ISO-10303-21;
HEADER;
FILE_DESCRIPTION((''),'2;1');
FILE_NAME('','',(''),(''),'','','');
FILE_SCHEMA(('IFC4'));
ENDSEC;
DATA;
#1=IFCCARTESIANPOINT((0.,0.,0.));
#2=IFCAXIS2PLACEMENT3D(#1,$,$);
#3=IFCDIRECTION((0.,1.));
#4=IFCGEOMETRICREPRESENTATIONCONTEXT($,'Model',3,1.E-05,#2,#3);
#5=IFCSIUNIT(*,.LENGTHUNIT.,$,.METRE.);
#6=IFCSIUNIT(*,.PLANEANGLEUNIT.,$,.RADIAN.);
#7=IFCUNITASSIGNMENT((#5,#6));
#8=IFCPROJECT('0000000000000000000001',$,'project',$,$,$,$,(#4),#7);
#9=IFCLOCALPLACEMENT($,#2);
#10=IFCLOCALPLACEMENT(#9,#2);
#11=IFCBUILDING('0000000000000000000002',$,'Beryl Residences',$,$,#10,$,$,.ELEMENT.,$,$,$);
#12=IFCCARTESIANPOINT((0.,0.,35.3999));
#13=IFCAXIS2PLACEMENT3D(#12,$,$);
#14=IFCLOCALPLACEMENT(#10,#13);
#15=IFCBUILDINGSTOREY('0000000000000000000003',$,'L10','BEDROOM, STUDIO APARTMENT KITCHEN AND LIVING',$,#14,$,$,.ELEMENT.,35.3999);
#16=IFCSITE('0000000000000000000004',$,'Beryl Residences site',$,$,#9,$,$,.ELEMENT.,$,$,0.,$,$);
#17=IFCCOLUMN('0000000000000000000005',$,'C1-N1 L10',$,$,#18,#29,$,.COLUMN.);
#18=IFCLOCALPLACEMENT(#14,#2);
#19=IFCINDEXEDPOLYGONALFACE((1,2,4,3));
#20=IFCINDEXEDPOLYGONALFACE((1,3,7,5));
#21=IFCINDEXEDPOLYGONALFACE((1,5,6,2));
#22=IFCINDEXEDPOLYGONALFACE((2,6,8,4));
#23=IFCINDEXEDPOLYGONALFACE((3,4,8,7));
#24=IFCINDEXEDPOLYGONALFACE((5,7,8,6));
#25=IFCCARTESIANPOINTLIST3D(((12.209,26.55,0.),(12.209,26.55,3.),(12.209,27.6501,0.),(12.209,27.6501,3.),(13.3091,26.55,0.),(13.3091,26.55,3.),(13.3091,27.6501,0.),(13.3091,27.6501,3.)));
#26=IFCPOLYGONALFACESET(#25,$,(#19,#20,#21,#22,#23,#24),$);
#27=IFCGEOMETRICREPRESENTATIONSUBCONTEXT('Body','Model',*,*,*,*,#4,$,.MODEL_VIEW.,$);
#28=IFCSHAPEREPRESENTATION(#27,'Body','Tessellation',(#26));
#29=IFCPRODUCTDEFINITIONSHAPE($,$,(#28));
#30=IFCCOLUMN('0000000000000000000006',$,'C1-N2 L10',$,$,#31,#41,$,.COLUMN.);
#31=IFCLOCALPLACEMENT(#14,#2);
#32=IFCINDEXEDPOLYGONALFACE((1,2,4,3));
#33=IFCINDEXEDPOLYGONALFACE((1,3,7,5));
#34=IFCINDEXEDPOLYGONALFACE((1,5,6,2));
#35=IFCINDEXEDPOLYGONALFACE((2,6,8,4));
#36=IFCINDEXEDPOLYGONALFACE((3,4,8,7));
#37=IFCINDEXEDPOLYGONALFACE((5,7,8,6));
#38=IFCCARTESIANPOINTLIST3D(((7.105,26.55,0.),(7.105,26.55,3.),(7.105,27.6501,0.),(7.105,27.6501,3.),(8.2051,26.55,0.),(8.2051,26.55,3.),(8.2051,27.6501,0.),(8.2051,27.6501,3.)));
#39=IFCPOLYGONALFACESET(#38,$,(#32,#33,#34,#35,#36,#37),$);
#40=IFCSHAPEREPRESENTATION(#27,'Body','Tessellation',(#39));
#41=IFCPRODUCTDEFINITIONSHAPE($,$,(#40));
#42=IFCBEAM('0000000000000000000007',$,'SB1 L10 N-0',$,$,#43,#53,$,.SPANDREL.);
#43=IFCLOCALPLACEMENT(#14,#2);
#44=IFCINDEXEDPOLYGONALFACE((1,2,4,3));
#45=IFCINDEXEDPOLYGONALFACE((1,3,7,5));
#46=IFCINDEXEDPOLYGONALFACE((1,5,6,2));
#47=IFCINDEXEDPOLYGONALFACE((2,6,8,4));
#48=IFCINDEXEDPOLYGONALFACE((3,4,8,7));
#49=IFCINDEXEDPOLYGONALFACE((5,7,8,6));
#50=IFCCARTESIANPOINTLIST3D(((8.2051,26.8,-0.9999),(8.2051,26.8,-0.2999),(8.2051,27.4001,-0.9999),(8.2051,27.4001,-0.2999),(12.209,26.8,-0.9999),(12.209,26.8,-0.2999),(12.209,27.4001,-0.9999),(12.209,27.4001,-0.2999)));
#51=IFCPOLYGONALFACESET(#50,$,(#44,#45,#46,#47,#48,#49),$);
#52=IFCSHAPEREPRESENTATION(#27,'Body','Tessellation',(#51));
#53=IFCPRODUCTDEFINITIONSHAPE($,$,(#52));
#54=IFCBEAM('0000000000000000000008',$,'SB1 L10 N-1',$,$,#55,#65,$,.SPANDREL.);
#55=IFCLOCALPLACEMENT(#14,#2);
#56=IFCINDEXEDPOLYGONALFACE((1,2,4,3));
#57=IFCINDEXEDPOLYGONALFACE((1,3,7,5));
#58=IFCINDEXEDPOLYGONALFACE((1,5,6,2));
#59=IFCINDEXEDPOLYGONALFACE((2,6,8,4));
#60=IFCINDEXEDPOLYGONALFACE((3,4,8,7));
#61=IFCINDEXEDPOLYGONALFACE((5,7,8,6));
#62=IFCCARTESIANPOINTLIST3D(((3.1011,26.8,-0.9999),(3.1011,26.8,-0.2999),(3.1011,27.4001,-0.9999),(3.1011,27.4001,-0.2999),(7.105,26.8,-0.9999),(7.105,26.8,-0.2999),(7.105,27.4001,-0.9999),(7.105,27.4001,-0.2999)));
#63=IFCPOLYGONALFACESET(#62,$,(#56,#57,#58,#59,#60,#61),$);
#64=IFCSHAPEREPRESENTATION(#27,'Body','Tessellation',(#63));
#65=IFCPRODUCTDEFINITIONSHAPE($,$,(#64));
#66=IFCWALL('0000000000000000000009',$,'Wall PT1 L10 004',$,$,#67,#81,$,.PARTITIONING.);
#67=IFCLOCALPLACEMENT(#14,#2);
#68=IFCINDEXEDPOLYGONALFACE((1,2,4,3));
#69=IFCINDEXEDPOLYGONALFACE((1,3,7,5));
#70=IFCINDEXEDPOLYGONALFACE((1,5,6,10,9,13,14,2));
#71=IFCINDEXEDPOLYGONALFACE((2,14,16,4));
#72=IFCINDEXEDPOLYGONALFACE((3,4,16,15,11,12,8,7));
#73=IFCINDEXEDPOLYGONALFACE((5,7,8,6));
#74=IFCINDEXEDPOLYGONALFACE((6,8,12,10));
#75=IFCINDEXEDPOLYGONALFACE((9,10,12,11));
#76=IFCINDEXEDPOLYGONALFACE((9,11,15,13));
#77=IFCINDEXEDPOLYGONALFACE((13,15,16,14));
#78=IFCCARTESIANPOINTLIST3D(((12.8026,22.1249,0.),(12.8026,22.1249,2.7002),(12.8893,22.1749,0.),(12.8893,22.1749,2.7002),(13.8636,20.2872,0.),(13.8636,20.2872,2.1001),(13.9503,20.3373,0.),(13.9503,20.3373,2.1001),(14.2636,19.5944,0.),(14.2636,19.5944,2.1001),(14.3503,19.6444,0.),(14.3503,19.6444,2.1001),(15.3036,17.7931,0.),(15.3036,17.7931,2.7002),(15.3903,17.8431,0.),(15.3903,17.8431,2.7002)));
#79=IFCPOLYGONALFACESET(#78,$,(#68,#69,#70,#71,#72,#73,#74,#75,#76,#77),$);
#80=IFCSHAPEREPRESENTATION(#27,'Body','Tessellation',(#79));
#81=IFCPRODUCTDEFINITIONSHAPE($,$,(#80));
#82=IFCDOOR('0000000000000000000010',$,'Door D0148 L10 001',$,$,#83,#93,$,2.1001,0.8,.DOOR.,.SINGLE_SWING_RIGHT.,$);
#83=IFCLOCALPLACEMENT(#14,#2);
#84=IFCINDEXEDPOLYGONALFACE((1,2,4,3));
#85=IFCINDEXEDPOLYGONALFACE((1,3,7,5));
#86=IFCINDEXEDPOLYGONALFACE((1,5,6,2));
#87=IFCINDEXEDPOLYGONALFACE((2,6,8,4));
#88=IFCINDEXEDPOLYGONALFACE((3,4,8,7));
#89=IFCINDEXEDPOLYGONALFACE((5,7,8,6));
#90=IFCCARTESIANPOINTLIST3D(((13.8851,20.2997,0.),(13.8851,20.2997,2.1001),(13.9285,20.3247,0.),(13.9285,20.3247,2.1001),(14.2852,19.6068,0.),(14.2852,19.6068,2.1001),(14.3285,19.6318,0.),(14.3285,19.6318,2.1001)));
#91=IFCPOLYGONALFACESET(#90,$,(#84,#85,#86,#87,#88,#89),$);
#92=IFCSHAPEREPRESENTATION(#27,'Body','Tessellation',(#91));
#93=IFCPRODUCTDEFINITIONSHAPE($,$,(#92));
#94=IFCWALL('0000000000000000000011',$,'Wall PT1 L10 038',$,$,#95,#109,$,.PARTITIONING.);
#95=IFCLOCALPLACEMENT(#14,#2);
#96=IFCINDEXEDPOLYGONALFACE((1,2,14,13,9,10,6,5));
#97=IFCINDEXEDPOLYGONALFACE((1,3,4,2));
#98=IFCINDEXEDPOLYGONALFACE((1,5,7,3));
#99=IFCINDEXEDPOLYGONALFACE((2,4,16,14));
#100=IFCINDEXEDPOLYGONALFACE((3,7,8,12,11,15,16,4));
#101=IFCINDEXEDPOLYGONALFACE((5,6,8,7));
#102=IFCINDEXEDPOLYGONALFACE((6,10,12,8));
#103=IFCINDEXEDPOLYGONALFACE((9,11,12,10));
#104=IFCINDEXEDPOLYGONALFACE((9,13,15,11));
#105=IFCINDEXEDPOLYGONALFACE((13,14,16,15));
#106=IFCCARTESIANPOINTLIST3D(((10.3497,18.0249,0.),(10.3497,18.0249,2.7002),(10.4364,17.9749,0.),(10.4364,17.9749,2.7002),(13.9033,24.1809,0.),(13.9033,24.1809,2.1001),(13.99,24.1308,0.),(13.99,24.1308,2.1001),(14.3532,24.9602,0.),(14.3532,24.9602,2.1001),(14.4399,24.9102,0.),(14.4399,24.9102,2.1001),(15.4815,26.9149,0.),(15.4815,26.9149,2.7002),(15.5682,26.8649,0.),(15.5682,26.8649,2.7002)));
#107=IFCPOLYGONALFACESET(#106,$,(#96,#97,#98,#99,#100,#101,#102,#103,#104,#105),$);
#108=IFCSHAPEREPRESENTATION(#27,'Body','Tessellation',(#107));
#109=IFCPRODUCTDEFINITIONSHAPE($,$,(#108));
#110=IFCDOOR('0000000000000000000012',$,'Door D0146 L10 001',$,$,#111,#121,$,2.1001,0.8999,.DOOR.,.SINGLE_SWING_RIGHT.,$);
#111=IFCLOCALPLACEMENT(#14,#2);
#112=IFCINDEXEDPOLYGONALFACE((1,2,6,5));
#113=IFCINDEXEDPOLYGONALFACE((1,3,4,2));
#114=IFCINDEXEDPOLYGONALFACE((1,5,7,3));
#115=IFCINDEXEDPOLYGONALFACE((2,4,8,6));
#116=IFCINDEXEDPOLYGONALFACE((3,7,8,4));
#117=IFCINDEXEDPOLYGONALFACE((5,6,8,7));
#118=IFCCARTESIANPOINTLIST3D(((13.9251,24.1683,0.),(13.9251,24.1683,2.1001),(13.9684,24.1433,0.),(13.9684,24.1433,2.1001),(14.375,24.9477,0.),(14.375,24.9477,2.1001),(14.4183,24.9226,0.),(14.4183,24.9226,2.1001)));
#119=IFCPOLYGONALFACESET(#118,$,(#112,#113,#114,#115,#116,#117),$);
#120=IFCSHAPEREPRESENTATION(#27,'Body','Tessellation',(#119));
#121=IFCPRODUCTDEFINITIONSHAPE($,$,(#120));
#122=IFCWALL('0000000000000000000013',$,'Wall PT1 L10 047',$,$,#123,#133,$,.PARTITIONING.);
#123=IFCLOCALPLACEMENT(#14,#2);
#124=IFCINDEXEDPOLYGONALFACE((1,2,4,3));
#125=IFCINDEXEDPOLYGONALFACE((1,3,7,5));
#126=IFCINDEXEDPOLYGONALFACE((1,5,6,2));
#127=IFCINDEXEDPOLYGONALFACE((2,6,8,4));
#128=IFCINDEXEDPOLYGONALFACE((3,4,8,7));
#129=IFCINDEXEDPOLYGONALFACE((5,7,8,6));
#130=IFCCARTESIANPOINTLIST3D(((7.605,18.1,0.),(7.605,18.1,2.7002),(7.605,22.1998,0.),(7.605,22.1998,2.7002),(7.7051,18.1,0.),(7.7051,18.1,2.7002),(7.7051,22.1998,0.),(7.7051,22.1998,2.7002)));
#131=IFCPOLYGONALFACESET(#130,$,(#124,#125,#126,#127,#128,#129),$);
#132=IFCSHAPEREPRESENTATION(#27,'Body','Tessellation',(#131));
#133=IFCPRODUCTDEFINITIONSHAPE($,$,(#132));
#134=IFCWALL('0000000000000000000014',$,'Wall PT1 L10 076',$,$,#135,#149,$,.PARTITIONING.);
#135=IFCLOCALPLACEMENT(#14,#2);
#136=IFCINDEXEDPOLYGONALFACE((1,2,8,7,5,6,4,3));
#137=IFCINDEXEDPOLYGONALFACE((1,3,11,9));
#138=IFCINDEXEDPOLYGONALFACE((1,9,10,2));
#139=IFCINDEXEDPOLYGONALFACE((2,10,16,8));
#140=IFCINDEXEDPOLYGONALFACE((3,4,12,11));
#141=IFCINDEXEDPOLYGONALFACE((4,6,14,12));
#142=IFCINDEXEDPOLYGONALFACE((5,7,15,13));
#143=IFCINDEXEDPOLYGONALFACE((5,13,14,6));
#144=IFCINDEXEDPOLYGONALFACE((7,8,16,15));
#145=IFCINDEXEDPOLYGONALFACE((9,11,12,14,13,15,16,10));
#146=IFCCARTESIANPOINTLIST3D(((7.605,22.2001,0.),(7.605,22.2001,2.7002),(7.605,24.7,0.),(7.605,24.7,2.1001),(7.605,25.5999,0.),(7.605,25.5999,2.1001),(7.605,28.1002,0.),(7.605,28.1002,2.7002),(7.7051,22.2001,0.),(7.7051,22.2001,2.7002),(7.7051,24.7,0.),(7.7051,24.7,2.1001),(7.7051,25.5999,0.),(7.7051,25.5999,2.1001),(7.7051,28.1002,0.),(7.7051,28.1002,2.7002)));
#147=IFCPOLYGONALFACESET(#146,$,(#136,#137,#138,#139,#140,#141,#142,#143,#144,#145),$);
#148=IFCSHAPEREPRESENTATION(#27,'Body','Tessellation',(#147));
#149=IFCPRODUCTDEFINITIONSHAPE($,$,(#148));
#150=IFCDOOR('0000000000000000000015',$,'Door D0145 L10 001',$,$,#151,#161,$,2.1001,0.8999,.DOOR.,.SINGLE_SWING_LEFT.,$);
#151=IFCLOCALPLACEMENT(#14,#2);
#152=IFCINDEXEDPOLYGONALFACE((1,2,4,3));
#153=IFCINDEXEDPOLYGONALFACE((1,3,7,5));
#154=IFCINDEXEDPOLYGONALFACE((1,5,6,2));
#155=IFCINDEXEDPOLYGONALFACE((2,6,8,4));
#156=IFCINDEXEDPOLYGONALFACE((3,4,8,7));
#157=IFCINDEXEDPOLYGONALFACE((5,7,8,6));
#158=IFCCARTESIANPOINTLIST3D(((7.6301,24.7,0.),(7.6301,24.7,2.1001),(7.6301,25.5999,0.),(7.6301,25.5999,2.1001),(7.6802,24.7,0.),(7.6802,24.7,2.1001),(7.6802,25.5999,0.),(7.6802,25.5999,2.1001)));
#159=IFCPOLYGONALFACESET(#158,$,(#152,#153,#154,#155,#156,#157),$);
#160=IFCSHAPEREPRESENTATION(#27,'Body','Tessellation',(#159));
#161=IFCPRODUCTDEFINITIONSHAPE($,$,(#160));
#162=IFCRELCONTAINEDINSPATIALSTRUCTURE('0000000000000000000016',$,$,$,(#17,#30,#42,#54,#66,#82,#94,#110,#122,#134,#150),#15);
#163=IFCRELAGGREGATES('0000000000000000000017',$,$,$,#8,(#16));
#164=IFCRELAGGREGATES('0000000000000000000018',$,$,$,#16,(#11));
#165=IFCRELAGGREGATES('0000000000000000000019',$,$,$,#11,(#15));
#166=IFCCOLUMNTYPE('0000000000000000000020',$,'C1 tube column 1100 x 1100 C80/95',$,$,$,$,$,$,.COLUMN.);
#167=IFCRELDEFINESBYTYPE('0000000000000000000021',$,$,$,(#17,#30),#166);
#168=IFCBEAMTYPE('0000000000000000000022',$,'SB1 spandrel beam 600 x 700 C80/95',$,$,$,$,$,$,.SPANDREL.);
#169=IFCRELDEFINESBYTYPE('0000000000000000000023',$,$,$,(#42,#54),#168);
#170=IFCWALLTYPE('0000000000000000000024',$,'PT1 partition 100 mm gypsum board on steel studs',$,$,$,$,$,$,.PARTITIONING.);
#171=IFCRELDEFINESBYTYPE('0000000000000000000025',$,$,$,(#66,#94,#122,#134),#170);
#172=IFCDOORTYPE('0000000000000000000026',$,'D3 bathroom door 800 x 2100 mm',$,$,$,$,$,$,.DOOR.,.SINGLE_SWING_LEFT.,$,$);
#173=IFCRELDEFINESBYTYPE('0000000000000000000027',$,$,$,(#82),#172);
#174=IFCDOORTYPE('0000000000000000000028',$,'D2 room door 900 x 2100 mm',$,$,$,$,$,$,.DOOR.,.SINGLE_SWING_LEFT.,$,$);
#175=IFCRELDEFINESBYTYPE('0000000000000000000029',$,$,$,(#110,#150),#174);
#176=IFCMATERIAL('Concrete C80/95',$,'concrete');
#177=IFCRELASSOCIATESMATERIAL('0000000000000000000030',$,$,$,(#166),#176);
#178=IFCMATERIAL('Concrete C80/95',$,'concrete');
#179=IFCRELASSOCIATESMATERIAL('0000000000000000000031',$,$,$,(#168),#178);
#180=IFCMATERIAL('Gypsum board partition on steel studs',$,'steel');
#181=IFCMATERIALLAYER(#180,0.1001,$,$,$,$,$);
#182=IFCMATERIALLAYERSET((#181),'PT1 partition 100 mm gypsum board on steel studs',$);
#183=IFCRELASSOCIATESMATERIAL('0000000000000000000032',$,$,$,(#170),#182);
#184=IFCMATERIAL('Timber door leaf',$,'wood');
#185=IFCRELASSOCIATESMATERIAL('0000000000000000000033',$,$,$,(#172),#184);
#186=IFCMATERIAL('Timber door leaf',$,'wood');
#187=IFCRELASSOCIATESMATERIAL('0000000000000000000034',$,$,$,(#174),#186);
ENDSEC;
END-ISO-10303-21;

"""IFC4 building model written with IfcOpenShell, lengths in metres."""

from ifc_helpers import new_model, si_unit, direction, frame, frame_2d, origin, origin_2d, place, context, subcontext, project, spatial, rectangle, extrude, material, layer, layer_set, material_profile, profile_set, type_object, element, fill, save


model = new_model("IFC4")

# Units and contexts
model_context = context("Model", 3, precision=1e-05, world=origin(), true_north=direction((0.0, 1.0)))
body_context = subcontext(model_context, "Body", "Model", "MODEL_VIEW")
ifc_project = project(units=[si_unit("LENGTHUNIT", "METRE"), si_unit("PLANEANGLEUNIT", "RADIAN")], contexts=[model_context])

# Site, building, storey
site_placement = place(None, origin())
site = spatial("IfcSite", under=ifc_project, at=site_placement, Name="Beryl Residences site", CompositionType="ELEMENT", RefElevation=0.0)
building_placement = place(site_placement, origin())
building = spatial("IfcBuilding", under=site, at=building_placement, Name="Beryl Residences", CompositionType="ELEMENT")
storey_placement = place(building_placement, frame((0.0, 0.0, 35.3999)))
storey = spatial("IfcBuildingStorey", under=building, at=storey_placement, Name="L10", Description="BEDROOM, STUDIO APARTMENT KITCHEN AND LIVING", CompositionType="ELEMENT", Elevation=35.3999)

# Columns
ifc_material_1 = material(Name="Concrete C80/95", Category="concrete")
ifc_material_profile_1 = material_profile(ifc_material_1, rectangle(XDim=1.1001, YDim=1.1001, at=origin_2d()))
ifc_profile_set_1 = profile_set([ifc_material_profile_1], Name="Concrete C80/95")
column_type = type_object("IfcColumnType", Name="C1 tube column 1100 x 1100 C80/95", PredefinedType="COLUMN", material=ifc_profile_set_1)
for number, where, z_axis, x_axis, name in (
    (1, (12.759, 27.1001, 0.0), (0.0, 0.0, 1.0), (-1.0, 0.0, 0.0), "C1-N1 L10"),
    (2, (7.655, 27.1001, 0.0), (0.0, 0.0, 1.0), (-1.0, 0.0, 0.0), "C1-N2 L10"),
):
    element("IfcColumn", number, at=place(storey_placement, frame(where, z_axis=z_axis, x_axis=x_axis)), inside=storey, type_object=column_type, Name=name, PredefinedType="COLUMN", context=body_context, shape_type="SweptSolid", body=[
        extrude(rectangle(XDim=1.1001, YDim=1.1001, at=origin_2d()), origin(), (0.0, 0.0, 1.0), 3.0),
    ])

# Beams
ifc_material_2 = material(Name="Concrete C80/95", Category="concrete")
ifc_material_profile_2 = material_profile(ifc_material_2, rectangle(XDim=0.6001, YDim=0.7, at=origin_2d()))
ifc_profile_set_2 = profile_set([ifc_material_profile_2], Name="Concrete C80/95")
beam_type = type_object("IfcBeamType", Name="SB1 spandrel beam 600 x 700 C80/95", PredefinedType="SPANDREL", material=ifc_profile_set_2)
for number, where, z_axis, x_axis, name in (
    (3, (12.209, 27.1001, -0.6499), (-1.0, 0.0, 0.0), (0.0, -1.0, 0.0), "SB1 L10 N-0"),
    (4, (7.105, 27.1001, -0.6499), (-1.0, 0.0, 0.0), (0.0, -1.0, 0.0), "SB1 L10 N-1"),
):
    element("IfcBeam", number, at=place(storey_placement, frame(where, z_axis=z_axis, x_axis=x_axis)), inside=storey, type_object=beam_type, Name=name, PredefinedType="SPANDREL", context=body_context, shape_type="SweptSolid", body=[
        extrude(rectangle(XDim=0.6001, YDim=0.7, at=origin_2d()), origin(), (0.0, 0.0, 1.0), 4.0039),
    ])

# Walls, openings, doors
ifc_material_3 = material(Name="Gypsum board partition on steel studs", Category="steel")
ifc_layer_1 = layer(ifc_material_3, 0.1001)
ifc_layer_set_1 = layer_set([ifc_layer_1], Name="PT1 partition 100 mm gypsum board on steel studs")
wall_type_1 = type_object("IfcWallType", Name="PT1 partition 100 mm gypsum board on steel studs", PredefinedType="PARTITIONING", material=ifc_layer_set_1)
wall_1_placement = place(storey_placement, frame((12.8459, 22.1499, 0.0), z_axis=(0.0, 0.0, 1.0), x_axis=(0.500003, -0.866024, 0.0)))
wall_1 = element("IfcWall", 5, at=wall_1_placement, inside=storey, type_object=wall_type_1, Name="Wall PT1 L10 004", PredefinedType="PARTITIONING", context=body_context, shape_type="SweptSolid", body=[
    extrude(rectangle(XDim=5.002, YDim=0.1001, at=frame_2d((2.501, 0.0))), origin(), (0.0, 0.0, 1.0), 2.7002),
])
opening_1_placement = place(wall_1_placement, frame((2.1221, 0.0, 0.0)))
opening_1 = element("IfcOpeningElement", 6, at=opening_1_placement, cuts=wall_1, PredefinedType="OPENING", context=body_context, shape_type="SweptSolid", body=[
    extrude(rectangle(XDim=0.8, YDim=2.1001, at=frame_2d((0.3999, 1.05))), frame((0.0, 0.0601, 0.0), z_axis=(0.0, -1.0, 0.0), x_axis=(1.0, 0.0, 0.0)), (0.0, 0.0, 1.0), 0.1201),
])
ifc_material_4 = material(Name="Timber door leaf", Category="wood")
door_type_1 = type_object("IfcDoorType", Name="D3 bathroom door 800 x 2100 mm", OperationType="SINGLE_SWING_LEFT", PredefinedType="DOOR", material=ifc_material_4)
door_1_placement = place(opening_1_placement, origin())
door_1 = element("IfcDoor", 7, at=door_1_placement, inside=storey, type_object=door_type_1, Name="Door D0148 L10 001", OperationType="SINGLE_SWING_RIGHT", OverallHeight=2.1001, OverallWidth=0.8, PredefinedType="DOOR", context=body_context, shape_type="SweptSolid", body=[
    extrude(rectangle(XDim=0.8, YDim=2.1001, at=frame_2d((0.3999, 1.05))), frame((0.0, 0.0249, 0.0), z_axis=(0.0, -1.0, 0.0), x_axis=(1.0, 0.0, 0.0)), (0.0, 0.0, 1.0), 0.05),
])
fill(opening_1, door_1)
wall_2_placement = place(storey_placement, frame((10.3931, 18.0, 0.0), z_axis=(0.0, 0.0, 1.0), x_axis=(0.499945, 0.866057, 0.0)))
wall_2 = element("IfcWall", 8, at=wall_2_placement, inside=storey, type_object=wall_type_1, Name="Wall PT1 L10 038", PredefinedType="PARTITIONING", context=body_context, shape_type="SweptSolid", body=[
    extrude(rectangle(XDim=10.2649, YDim=0.1001, at=frame_2d((5.1323, 0.0))), origin(), (0.0, 0.0, 1.0), 2.7002),
])
opening_2_placement = place(wall_2_placement, frame((7.1079, 0.0, 0.0)))
opening_2 = element("IfcOpeningElement", 9, at=opening_2_placement, cuts=wall_2, PredefinedType="OPENING", context=body_context, shape_type="SweptSolid", body=[
    extrude(rectangle(XDim=0.8999, YDim=2.1001, at=frame_2d((0.45, 1.05))), frame((0.0, 0.0601, 0.0), z_axis=(0.0, -1.0, 0.0), x_axis=(1.0, 0.0, 0.0)), (0.0, 0.0, 1.0), 0.1201),
])
ifc_material_5 = material(Name="Timber door leaf", Category="wood")
door_type_2 = type_object("IfcDoorType", Name="D2 room door 900 x 2100 mm", OperationType="SINGLE_SWING_LEFT", PredefinedType="DOOR", material=ifc_material_5)
door_2_placement = place(opening_2_placement, origin())
door_2 = element("IfcDoor", 10, at=door_2_placement, inside=storey, type_object=door_type_2, Name="Door D0146 L10 001", OperationType="SINGLE_SWING_RIGHT", OverallHeight=2.1001, OverallWidth=0.8999, PredefinedType="DOOR", context=body_context, shape_type="SweptSolid", body=[
    extrude(rectangle(XDim=0.8999, YDim=2.1001, at=frame_2d((0.45, 1.05))), frame((0.0, 0.0249, 0.0), z_axis=(0.0, -1.0, 0.0), x_axis=(1.0, 0.0, 0.0)), (0.0, 0.0, 1.0), 0.05),
])
fill(opening_2, door_2)

# Wall
wall_3_placement = place(storey_placement, frame((7.655, 18.1001, 0.0), z_axis=(0.0, 0.0, 1.0), x_axis=(0.0, 1.0, 0.0)))
element("IfcWall", 11, at=wall_3_placement, inside=storey, type_object=wall_type_1, Name="Wall PT1 L10 047", PredefinedType="PARTITIONING", context=body_context, shape_type="SweptSolid", body=[
    extrude(rectangle(XDim=4.0999, YDim=0.1001, at=frame_2d((2.0498, 0.0))), origin(), (0.0, 0.0, 1.0), 2.7002),
])

# Wall, opening, door
wall_4_placement = place(storey_placement, frame((7.655, 22.2, 0.0), z_axis=(0.0, 0.0, 1.0), x_axis=(0.0, 1.0, 0.0)))
wall_4 = element("IfcWall", 12, at=wall_4_placement, inside=storey, type_object=wall_type_1, Name="Wall PT1 L10 076", PredefinedType="PARTITIONING", context=body_context, shape_type="SweptSolid", body=[
    extrude(rectangle(XDim=5.9001, YDim=0.1001, at=frame_2d((2.9502, 0.0))), origin(), (0.0, 0.0, 1.0), 2.7002),
])
opening_3_placement = place(wall_4_placement, frame((2.5, 0.0, 0.0)))
opening_3 = element("IfcOpeningElement", 13, at=opening_3_placement, cuts=wall_4, PredefinedType="OPENING", context=body_context, shape_type="SweptSolid", body=[
    extrude(rectangle(XDim=0.8999, YDim=2.1001, at=frame_2d((0.45, 1.05))), frame((0.0, 0.0601, 0.0), z_axis=(0.0, -1.0, 0.0), x_axis=(1.0, 0.0, 0.0)), (0.0, 0.0, 1.0), 0.1201),
])
door_3_placement = place(opening_3_placement, origin())
door_3 = element("IfcDoor", 14, at=door_3_placement, inside=storey, type_object=door_type_2, Name="Door D0145 L10 001", OperationType="SINGLE_SWING_LEFT", OverallHeight=2.1001, OverallWidth=0.8999, PredefinedType="DOOR", context=body_context, shape_type="SweptSolid", body=[
    extrude(rectangle(XDim=0.8999, YDim=2.1001, at=frame_2d((0.45, 1.05))), frame((0.0, 0.0249, 0.0), z_axis=(0.0, -1.0, 0.0), x_axis=(1.0, 0.0, 0.0)), (0.0, 0.0, 1.0), 0.05),
])
fill(opening_3, door_3)

save(model, "model.ifc")
